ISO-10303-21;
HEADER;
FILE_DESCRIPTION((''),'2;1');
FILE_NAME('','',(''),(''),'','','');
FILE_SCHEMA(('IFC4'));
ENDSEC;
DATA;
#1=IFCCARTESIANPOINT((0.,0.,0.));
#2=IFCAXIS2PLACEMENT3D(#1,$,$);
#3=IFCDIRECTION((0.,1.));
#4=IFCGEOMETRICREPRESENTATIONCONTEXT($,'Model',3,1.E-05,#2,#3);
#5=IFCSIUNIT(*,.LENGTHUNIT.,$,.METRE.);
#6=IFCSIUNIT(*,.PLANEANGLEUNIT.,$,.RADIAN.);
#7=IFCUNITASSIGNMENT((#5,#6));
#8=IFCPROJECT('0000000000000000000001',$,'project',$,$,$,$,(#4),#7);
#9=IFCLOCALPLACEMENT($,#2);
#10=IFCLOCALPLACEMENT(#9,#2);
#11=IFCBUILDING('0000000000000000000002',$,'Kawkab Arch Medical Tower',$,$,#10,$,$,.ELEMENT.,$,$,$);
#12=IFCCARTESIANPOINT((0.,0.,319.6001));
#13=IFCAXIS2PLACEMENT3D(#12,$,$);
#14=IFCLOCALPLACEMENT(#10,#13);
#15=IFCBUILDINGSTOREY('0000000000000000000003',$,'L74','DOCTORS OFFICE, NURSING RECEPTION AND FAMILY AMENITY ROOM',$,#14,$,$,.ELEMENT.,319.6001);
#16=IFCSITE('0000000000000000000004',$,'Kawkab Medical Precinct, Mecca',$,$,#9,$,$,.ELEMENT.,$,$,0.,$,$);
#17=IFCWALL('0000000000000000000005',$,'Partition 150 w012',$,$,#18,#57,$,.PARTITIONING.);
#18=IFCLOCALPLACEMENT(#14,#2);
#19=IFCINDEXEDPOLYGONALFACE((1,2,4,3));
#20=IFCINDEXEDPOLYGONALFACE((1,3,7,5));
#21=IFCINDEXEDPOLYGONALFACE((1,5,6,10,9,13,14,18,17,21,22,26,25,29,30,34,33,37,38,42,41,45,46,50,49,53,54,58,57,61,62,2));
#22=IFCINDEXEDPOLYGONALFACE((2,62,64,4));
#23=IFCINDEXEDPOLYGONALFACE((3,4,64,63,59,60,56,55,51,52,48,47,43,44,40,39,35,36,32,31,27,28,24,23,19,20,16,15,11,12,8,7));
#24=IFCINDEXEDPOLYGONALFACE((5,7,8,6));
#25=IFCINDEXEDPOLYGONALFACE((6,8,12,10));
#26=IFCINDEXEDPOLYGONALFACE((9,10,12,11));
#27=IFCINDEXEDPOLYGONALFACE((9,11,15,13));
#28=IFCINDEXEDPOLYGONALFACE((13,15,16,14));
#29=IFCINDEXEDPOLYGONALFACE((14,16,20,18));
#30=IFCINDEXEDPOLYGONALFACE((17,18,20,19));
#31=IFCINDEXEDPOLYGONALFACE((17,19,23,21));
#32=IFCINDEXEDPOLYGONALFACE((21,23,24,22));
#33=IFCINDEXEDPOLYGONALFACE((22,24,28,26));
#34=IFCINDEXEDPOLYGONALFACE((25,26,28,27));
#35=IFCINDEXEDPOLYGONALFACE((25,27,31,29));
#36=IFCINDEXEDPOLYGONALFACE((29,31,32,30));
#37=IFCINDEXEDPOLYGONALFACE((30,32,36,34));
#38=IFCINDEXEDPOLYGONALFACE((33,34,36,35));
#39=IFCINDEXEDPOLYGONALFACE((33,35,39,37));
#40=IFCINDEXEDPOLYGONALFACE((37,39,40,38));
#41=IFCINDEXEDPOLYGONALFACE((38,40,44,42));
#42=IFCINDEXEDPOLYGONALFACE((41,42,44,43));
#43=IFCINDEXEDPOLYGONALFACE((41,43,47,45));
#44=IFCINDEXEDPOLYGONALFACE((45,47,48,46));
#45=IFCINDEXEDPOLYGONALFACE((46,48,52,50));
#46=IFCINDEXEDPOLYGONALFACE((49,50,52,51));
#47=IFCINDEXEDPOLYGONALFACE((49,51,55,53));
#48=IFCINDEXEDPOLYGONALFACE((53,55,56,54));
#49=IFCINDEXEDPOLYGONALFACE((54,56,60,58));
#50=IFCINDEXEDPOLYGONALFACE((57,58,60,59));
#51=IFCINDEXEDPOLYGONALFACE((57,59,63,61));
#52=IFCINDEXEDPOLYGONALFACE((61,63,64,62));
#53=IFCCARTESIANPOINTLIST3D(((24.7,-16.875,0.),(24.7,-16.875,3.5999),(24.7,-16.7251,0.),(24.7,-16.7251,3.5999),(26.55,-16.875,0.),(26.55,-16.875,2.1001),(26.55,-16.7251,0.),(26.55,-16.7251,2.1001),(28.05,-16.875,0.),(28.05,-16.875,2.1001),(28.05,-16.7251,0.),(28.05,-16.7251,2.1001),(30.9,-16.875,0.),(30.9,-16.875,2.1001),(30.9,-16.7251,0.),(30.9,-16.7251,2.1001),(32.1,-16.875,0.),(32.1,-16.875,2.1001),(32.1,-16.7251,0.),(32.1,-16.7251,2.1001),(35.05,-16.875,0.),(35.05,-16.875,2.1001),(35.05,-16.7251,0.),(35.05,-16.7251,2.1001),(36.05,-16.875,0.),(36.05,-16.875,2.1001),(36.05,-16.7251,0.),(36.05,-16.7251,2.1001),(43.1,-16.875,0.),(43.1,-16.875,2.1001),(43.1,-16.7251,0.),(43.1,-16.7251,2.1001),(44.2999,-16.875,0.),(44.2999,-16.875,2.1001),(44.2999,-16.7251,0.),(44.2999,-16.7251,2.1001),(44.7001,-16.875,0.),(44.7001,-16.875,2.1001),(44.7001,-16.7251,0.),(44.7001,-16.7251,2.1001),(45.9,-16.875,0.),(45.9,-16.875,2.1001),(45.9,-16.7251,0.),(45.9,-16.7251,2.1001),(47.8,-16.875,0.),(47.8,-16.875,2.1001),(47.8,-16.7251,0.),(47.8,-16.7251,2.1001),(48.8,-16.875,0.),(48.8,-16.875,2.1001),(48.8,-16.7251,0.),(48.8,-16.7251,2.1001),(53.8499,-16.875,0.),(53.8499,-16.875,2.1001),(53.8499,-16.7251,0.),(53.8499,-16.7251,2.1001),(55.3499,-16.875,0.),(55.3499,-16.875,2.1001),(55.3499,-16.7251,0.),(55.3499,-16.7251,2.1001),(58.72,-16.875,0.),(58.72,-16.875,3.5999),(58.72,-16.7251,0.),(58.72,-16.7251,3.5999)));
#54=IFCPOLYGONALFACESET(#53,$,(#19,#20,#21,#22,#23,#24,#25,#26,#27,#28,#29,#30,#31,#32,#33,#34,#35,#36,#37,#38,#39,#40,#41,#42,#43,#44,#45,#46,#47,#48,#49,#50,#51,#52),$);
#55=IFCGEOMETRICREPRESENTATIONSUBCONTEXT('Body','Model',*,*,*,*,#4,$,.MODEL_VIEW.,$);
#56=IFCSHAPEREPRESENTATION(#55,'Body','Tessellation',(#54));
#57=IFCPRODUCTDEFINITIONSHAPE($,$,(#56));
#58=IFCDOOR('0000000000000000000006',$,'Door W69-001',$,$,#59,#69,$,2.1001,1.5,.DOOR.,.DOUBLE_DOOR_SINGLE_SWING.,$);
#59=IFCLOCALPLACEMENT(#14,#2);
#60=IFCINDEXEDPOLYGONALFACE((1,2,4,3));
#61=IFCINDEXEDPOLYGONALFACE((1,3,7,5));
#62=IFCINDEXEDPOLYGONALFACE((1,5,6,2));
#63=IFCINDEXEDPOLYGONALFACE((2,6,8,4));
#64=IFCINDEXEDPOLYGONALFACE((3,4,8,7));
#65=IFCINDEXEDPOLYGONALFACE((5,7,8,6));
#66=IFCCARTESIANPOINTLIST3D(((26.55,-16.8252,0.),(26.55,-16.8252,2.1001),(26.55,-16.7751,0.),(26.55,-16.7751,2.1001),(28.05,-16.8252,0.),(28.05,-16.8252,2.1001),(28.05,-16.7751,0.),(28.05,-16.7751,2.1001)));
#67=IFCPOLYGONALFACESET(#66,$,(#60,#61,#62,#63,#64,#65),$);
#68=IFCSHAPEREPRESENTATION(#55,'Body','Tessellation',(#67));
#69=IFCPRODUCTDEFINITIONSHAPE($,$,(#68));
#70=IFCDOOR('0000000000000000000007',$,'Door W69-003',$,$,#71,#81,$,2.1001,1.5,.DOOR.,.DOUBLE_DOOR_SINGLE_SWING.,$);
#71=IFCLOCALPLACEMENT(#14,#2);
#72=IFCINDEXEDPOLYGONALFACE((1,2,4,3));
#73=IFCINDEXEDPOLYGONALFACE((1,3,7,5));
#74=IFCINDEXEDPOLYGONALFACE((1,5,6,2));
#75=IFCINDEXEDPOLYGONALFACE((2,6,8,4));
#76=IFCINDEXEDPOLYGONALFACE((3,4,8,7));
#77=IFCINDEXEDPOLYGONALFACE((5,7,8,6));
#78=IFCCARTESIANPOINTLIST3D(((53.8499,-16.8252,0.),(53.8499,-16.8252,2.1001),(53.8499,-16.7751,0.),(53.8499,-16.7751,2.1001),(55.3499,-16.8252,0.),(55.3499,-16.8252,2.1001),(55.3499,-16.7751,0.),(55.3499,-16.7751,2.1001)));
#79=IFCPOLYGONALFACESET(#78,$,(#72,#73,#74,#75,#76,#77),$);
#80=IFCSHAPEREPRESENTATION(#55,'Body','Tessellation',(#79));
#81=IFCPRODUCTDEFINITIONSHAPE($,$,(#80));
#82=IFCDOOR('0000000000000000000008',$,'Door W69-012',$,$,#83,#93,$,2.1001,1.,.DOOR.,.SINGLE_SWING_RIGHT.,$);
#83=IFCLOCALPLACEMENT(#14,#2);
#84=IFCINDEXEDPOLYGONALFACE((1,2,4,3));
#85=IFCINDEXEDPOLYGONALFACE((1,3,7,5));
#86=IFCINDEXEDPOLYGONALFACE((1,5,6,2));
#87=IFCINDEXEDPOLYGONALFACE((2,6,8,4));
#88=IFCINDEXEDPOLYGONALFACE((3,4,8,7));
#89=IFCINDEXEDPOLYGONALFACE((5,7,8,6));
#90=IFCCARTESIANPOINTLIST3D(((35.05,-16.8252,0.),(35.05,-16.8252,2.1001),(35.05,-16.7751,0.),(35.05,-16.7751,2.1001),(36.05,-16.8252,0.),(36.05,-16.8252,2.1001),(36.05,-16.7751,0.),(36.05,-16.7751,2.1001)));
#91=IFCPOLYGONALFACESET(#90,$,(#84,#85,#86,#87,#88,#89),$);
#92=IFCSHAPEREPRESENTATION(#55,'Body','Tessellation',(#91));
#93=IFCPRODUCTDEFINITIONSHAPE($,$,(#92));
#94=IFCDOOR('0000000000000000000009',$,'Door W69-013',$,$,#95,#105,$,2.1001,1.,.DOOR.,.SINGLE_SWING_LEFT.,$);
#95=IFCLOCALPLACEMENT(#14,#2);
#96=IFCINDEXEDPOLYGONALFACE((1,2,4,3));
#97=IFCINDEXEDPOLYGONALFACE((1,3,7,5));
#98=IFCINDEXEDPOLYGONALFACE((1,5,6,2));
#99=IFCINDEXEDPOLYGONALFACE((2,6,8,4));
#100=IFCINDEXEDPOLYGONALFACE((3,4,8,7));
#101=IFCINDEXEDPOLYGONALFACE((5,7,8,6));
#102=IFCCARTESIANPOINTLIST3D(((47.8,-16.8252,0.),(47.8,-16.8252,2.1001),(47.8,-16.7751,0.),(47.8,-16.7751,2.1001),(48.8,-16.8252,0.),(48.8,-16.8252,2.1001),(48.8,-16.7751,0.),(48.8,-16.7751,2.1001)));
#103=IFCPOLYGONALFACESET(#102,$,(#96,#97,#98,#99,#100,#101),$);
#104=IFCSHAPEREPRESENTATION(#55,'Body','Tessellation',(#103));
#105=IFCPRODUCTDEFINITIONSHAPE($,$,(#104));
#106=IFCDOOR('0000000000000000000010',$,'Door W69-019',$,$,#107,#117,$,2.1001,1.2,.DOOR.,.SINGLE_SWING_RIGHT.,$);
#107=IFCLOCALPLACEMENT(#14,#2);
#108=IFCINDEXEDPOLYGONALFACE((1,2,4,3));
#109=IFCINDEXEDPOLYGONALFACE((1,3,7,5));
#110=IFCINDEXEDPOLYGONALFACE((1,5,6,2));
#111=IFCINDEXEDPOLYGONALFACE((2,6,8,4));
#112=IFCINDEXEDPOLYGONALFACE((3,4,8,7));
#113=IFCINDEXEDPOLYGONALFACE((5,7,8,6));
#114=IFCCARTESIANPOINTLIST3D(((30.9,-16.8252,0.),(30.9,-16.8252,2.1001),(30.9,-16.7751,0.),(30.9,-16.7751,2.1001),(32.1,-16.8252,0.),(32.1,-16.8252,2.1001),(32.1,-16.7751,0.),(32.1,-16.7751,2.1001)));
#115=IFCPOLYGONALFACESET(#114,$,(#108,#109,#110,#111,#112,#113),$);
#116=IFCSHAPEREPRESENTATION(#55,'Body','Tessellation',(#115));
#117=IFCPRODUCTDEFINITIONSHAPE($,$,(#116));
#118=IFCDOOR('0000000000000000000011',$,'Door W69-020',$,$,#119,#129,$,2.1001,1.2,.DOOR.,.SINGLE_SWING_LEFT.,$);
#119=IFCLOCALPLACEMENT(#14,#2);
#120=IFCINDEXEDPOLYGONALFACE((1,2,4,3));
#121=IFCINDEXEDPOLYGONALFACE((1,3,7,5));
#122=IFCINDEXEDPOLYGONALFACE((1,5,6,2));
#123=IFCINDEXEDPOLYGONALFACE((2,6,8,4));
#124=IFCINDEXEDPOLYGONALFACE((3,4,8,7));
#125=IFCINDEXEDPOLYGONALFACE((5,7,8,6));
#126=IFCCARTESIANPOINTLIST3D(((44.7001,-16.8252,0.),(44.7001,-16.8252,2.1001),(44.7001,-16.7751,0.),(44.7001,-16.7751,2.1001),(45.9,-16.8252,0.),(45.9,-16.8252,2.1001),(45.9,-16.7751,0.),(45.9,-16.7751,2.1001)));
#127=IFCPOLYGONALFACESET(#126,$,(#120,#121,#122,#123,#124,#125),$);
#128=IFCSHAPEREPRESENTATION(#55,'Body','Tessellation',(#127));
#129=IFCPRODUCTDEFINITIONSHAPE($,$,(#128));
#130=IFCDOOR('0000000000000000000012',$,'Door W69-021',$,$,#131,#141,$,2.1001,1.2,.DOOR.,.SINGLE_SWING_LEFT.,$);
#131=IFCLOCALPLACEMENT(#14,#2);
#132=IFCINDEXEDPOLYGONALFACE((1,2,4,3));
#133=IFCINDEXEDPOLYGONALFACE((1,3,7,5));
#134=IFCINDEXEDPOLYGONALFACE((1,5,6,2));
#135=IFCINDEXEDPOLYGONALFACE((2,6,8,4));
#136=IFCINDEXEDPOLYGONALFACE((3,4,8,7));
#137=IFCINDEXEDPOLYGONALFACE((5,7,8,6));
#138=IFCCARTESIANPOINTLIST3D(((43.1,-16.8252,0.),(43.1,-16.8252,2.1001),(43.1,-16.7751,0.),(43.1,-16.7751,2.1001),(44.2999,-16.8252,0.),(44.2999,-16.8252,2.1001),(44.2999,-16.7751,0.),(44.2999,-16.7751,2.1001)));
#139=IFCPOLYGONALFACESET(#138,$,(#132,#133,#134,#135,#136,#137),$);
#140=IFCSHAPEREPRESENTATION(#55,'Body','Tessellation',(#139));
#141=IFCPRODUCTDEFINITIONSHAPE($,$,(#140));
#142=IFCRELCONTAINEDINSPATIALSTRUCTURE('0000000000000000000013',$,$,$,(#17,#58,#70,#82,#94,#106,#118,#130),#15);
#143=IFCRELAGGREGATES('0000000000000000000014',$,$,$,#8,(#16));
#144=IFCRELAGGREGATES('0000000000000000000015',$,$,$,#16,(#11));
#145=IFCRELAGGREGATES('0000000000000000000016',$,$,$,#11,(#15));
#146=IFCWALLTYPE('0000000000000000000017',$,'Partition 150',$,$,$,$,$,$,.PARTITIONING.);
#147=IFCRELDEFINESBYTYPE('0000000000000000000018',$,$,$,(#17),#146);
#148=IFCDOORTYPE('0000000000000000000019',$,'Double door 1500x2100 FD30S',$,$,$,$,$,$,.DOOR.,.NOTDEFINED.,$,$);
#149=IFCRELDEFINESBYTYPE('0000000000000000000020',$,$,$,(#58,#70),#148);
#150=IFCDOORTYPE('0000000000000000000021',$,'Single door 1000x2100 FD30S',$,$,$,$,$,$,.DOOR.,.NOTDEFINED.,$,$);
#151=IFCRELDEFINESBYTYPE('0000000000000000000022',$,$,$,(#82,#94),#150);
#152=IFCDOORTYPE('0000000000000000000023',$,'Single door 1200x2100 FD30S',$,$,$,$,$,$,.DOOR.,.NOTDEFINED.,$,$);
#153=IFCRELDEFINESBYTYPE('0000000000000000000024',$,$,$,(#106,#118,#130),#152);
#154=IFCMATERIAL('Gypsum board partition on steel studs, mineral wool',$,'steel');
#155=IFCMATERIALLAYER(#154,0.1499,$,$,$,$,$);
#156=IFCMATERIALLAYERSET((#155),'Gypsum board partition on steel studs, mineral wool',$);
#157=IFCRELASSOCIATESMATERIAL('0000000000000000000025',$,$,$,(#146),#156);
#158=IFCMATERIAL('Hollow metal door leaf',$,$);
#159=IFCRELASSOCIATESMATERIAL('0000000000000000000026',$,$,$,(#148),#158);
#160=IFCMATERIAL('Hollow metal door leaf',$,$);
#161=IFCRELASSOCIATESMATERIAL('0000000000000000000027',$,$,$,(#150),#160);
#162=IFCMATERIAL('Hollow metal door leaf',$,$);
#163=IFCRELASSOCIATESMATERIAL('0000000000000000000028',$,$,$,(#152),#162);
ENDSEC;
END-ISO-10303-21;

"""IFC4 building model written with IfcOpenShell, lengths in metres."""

from ifc_helpers import new_model, si_unit, direction, frame, frame_2d, origin, place, context, subcontext, project, spatial, rectangle, extrude, material, layer, layer_set, type_object, element, fill, save


model = new_model("IFC4")

# Units and contexts
model_context = context("Model", 3, precision=1e-05, world=origin(), true_north=direction((0.0, 1.0)))
body_context = subcontext(model_context, "Body", "Model", "MODEL_VIEW")
ifc_project = project(units=[si_unit("LENGTHUNIT", "METRE"), si_unit("PLANEANGLEUNIT", "RADIAN")], contexts=[model_context])

# Site, building, storey
site_placement = place(None, origin())
site = spatial("IfcSite", under=ifc_project, at=site_placement, Name="Kawkab Medical Precinct, Mecca", CompositionType="ELEMENT", RefElevation=0.0)
building_placement = place(site_placement, origin())
building = spatial("IfcBuilding", under=site, at=building_placement, Name="Kawkab Arch Medical Tower", CompositionType="ELEMENT")
storey_placement = place(building_placement, frame((0.0, 0.0, 319.6001)))
storey = spatial("IfcBuildingStorey", under=building, at=storey_placement, Name="L74", Description="DOCTORS OFFICE, NURSING RECEPTION AND FAMILY AMENITY ROOM", CompositionType="ELEMENT", Elevation=319.6001)

# Wall, openings, doors
ifc_material_1 = material(Name="Gypsum board partition on steel studs, mineral wool", Category="steel")
ifc_layer_1 = layer(ifc_material_1, 0.1499)
ifc_layer_set_1 = layer_set([ifc_layer_1], Name="Gypsum board partition on steel studs, mineral wool")
wall_type_1 = type_object("IfcWallType", Name="Partition 150", PredefinedType="PARTITIONING", material=ifc_layer_set_1)
wall_1_placement = place(storey_placement, frame((24.7, -16.8, 0.0), z_axis=(0.0, 0.0, 1.0), x_axis=(1.0, 0.0, 0.0)))
wall_1 = element("IfcWall", 1, at=wall_1_placement, inside=storey, type_object=wall_type_1, Name="Partition 150 w012", PredefinedType="PARTITIONING", context=body_context, shape_type="SweptSolid", body=[
    extrude(rectangle(XDim=34.02, YDim=0.1499, at=frame_2d((17.01, 0.0))), origin(), (0.0, 0.0, 1.0), 3.5999),
])
opening_1_placement = place(wall_1_placement, frame((1.8501, 0.0, 0.0)))
opening_1 = element("IfcOpeningElement", 2, at=opening_1_placement, cuts=wall_1, PredefinedType="OPENING", context=body_context, shape_type="SweptSolid", body=[
    extrude(rectangle(XDim=1.5, YDim=2.1001, at=frame_2d((0.75, 1.05))), frame((0.0, 0.085, 0.0), z_axis=(0.0, -1.0, 0.0), x_axis=(1.0, 0.0, 0.0)), (0.0, 0.0, 1.0), 0.1699),
])
opening_2_placement = place(wall_1_placement, frame((6.2, 0.0, 0.0)))
opening_2 = element("IfcOpeningElement", 3, at=opening_2_placement, cuts=wall_1, PredefinedType="OPENING", context=body_context, shape_type="SweptSolid", body=[
    extrude(rectangle(XDim=1.2, YDim=2.1001, at=frame_2d((0.6001, 1.05))), frame((0.0, 0.085, 0.0), z_axis=(0.0, -1.0, 0.0), x_axis=(1.0, 0.0, 0.0)), (0.0, 0.0, 1.0), 0.1699),
])
opening_3_placement = place(wall_1_placement, frame((10.3501, 0.0, 0.0)))
opening_3 = element("IfcOpeningElement", 4, at=opening_3_placement, cuts=wall_1, PredefinedType="OPENING", context=body_context, shape_type="SweptSolid", body=[
    extrude(rectangle(XDim=1.0, YDim=2.1001, at=frame_2d((0.5, 1.05))), frame((0.0, 0.085, 0.0), z_axis=(0.0, -1.0, 0.0), x_axis=(1.0, 0.0, 0.0)), (0.0, 0.0, 1.0), 0.1699),
])
opening_4_placement = place(wall_1_placement, frame((20.0, 0.0, 0.0)))
opening_4 = element("IfcOpeningElement", 5, at=opening_4_placement, cuts=wall_1, PredefinedType="OPENING", context=body_context, shape_type="SweptSolid", body=[
    extrude(rectangle(XDim=1.2, YDim=2.1001, at=frame_2d((0.6001, 1.05))), frame((0.0, 0.085, 0.0), z_axis=(0.0, -1.0, 0.0), x_axis=(1.0, 0.0, 0.0)), (0.0, 0.0, 1.0), 0.1699),
])
opening_5_placement = place(wall_1_placement, frame((18.3999, 0.0, 0.0)))
opening_5 = element("IfcOpeningElement", 6, at=opening_5_placement, cuts=wall_1, PredefinedType="OPENING", context=body_context, shape_type="SweptSolid", body=[
    extrude(rectangle(XDim=1.2, YDim=2.1001, at=frame_2d((0.6001, 1.05))), frame((0.0, 0.085, 0.0), z_axis=(0.0, -1.0, 0.0), x_axis=(1.0, 0.0, 0.0)), (0.0, 0.0, 1.0), 0.1699),
])
opening_6_placement = place(wall_1_placement, frame((23.1001, 0.0, 0.0)))
opening_6 = element("IfcOpeningElement", 7, at=opening_6_placement, cuts=wall_1, PredefinedType="OPENING", context=body_context, shape_type="SweptSolid", body=[
    extrude(rectangle(XDim=1.0, YDim=2.1001, at=frame_2d((0.5, 1.05))), frame((0.0, 0.085, 0.0), z_axis=(0.0, -1.0, 0.0), x_axis=(1.0, 0.0, 0.0)), (0.0, 0.0, 1.0), 0.1699),
])
opening_7_placement = place(wall_1_placement, frame((29.1499, 0.0, 0.0)))
opening_7 = element("IfcOpeningElement", 8, at=opening_7_placement, cuts=wall_1, PredefinedType="OPENING", context=body_context, shape_type="SweptSolid", body=[
    extrude(rectangle(XDim=1.5, YDim=2.1001, at=frame_2d((0.75, 1.05))), frame((0.0, 0.085, 0.0), z_axis=(0.0, -1.0, 0.0), x_axis=(1.0, 0.0, 0.0)), (0.0, 0.0, 1.0), 0.1699),
])
ifc_material_2 = material(Name="Hollow metal door leaf")
door_type_1 = type_object("IfcDoorType", Name="Double door 1500x2100 FD30S", OperationType="NOTDEFINED", PredefinedType="DOOR", material=ifc_material_2)
door_1_placement = place(opening_1_placement, origin())
door_1 = element("IfcDoor", 9, at=door_1_placement, inside=storey, type_object=door_type_1, Name="Door W69-001", OperationType="DOUBLE_DOOR_SINGLE_SWING", OverallHeight=2.1001, OverallWidth=1.5, PredefinedType="DOOR", context=body_context, shape_type="SweptSolid", body=[
    extrude(rectangle(XDim=1.5, YDim=2.1001, at=frame_2d((0.75, 1.05))), frame((0.0, 0.0249, 0.0), z_axis=(0.0, -1.0, 0.0), x_axis=(1.0, 0.0, 0.0)), (0.0, 0.0, 1.0), 0.05),
])
fill(opening_1, door_1)
door_2_placement = place(opening_7_placement, origin())
door_2 = element("IfcDoor", 10, at=door_2_placement, inside=storey, type_object=door_type_1, Name="Door W69-003", OperationType="DOUBLE_DOOR_SINGLE_SWING", OverallHeight=2.1001, OverallWidth=1.5, PredefinedType="DOOR", context=body_context, shape_type="SweptSolid", body=[
    extrude(rectangle(XDim=1.5, YDim=2.1001, at=frame_2d((0.75, 1.05))), frame((0.0, 0.0249, 0.0), z_axis=(0.0, -1.0, 0.0), x_axis=(1.0, 0.0, 0.0)), (0.0, 0.0, 1.0), 0.05),
])
fill(opening_7, door_2)
ifc_material_3 = material(Name="Hollow metal door leaf")
door_type_2 = type_object("IfcDoorType", Name="Single door 1000x2100 FD30S", OperationType="NOTDEFINED", PredefinedType="DOOR", material=ifc_material_3)
door_3_placement = place(opening_3_placement, origin())
door_3 = element("IfcDoor", 11, at=door_3_placement, inside=storey, type_object=door_type_2, Name="Door W69-012", OperationType="SINGLE_SWING_RIGHT", OverallHeight=2.1001, OverallWidth=1.0, PredefinedType="DOOR", context=body_context, shape_type="SweptSolid", body=[
    extrude(rectangle(XDim=1.0, YDim=2.1001, at=frame_2d((0.5, 1.05))), frame((0.0, 0.0249, 0.0), z_axis=(0.0, -1.0, 0.0), x_axis=(1.0, 0.0, 0.0)), (0.0, 0.0, 1.0), 0.05),
])
fill(opening_3, door_3)
door_4_placement = place(opening_6_placement, origin())
door_4 = element("IfcDoor", 12, at=door_4_placement, inside=storey, type_object=door_type_2, Name="Door W69-013", OperationType="SINGLE_SWING_LEFT", OverallHeight=2.1001, OverallWidth=1.0, PredefinedType="DOOR", context=body_context, shape_type="SweptSolid", body=[
    extrude(rectangle(XDim=1.0, YDim=2.1001, at=frame_2d((0.5, 1.05))), frame((0.0, 0.0249, 0.0), z_axis=(0.0, -1.0, 0.0), x_axis=(1.0, 0.0, 0.0)), (0.0, 0.0, 1.0), 0.05),
])
fill(opening_6, door_4)
ifc_material_4 = material(Name="Hollow metal door leaf")
door_type_3 = type_object("IfcDoorType", Name="Single door 1200x2100 FD30S", OperationType="NOTDEFINED", PredefinedType="DOOR", material=ifc_material_4)
door_5_placement = place(opening_2_placement, origin())
door_5 = element("IfcDoor", 13, at=door_5_placement, inside=storey, type_object=door_type_3, Name="Door W69-019", OperationType="SINGLE_SWING_RIGHT", OverallHeight=2.1001, OverallWidth=1.2, PredefinedType="DOOR", context=body_context, shape_type="SweptSolid", body=[
    extrude(rectangle(XDim=1.2, YDim=2.1001, at=frame_2d((0.6001, 1.05))), frame((0.0, 0.0249, 0.0), z_axis=(0.0, -1.0, 0.0), x_axis=(1.0, 0.0, 0.0)), (0.0, 0.0, 1.0), 0.05),
])
fill(opening_2, door_5)
door_6_placement = place(opening_4_placement, origin())
door_6 = element("IfcDoor", 14, at=door_6_placement, inside=storey, type_object=door_type_3, Name="Door W69-020", OperationType="SINGLE_SWING_LEFT", OverallHeight=2.1001, OverallWidth=1.2, PredefinedType="DOOR", context=body_context, shape_type="SweptSolid", body=[
    extrude(rectangle(XDim=1.2, YDim=2.1001, at=frame_2d((0.6001, 1.05))), frame((0.0, 0.0249, 0.0), z_axis=(0.0, -1.0, 0.0), x_axis=(1.0, 0.0, 0.0)), (0.0, 0.0, 1.0), 0.05),
])
fill(opening_4, door_6)
door_7_placement = place(opening_5_placement, origin())
door_7 = element("IfcDoor", 15, at=door_7_placement, inside=storey, type_object=door_type_3, Name="Door W69-021", OperationType="SINGLE_SWING_LEFT", OverallHeight=2.1001, OverallWidth=1.2, PredefinedType="DOOR", context=body_context, shape_type="SweptSolid", body=[
    extrude(rectangle(XDim=1.2, YDim=2.1001, at=frame_2d((0.6001, 1.05))), frame((0.0, 0.0249, 0.0), z_axis=(0.0, -1.0, 0.0), x_axis=(1.0, 0.0, 0.0)), (0.0, 0.0, 1.0), 0.05),
])
fill(opening_5, door_7)

save(model, "model.ifc")
